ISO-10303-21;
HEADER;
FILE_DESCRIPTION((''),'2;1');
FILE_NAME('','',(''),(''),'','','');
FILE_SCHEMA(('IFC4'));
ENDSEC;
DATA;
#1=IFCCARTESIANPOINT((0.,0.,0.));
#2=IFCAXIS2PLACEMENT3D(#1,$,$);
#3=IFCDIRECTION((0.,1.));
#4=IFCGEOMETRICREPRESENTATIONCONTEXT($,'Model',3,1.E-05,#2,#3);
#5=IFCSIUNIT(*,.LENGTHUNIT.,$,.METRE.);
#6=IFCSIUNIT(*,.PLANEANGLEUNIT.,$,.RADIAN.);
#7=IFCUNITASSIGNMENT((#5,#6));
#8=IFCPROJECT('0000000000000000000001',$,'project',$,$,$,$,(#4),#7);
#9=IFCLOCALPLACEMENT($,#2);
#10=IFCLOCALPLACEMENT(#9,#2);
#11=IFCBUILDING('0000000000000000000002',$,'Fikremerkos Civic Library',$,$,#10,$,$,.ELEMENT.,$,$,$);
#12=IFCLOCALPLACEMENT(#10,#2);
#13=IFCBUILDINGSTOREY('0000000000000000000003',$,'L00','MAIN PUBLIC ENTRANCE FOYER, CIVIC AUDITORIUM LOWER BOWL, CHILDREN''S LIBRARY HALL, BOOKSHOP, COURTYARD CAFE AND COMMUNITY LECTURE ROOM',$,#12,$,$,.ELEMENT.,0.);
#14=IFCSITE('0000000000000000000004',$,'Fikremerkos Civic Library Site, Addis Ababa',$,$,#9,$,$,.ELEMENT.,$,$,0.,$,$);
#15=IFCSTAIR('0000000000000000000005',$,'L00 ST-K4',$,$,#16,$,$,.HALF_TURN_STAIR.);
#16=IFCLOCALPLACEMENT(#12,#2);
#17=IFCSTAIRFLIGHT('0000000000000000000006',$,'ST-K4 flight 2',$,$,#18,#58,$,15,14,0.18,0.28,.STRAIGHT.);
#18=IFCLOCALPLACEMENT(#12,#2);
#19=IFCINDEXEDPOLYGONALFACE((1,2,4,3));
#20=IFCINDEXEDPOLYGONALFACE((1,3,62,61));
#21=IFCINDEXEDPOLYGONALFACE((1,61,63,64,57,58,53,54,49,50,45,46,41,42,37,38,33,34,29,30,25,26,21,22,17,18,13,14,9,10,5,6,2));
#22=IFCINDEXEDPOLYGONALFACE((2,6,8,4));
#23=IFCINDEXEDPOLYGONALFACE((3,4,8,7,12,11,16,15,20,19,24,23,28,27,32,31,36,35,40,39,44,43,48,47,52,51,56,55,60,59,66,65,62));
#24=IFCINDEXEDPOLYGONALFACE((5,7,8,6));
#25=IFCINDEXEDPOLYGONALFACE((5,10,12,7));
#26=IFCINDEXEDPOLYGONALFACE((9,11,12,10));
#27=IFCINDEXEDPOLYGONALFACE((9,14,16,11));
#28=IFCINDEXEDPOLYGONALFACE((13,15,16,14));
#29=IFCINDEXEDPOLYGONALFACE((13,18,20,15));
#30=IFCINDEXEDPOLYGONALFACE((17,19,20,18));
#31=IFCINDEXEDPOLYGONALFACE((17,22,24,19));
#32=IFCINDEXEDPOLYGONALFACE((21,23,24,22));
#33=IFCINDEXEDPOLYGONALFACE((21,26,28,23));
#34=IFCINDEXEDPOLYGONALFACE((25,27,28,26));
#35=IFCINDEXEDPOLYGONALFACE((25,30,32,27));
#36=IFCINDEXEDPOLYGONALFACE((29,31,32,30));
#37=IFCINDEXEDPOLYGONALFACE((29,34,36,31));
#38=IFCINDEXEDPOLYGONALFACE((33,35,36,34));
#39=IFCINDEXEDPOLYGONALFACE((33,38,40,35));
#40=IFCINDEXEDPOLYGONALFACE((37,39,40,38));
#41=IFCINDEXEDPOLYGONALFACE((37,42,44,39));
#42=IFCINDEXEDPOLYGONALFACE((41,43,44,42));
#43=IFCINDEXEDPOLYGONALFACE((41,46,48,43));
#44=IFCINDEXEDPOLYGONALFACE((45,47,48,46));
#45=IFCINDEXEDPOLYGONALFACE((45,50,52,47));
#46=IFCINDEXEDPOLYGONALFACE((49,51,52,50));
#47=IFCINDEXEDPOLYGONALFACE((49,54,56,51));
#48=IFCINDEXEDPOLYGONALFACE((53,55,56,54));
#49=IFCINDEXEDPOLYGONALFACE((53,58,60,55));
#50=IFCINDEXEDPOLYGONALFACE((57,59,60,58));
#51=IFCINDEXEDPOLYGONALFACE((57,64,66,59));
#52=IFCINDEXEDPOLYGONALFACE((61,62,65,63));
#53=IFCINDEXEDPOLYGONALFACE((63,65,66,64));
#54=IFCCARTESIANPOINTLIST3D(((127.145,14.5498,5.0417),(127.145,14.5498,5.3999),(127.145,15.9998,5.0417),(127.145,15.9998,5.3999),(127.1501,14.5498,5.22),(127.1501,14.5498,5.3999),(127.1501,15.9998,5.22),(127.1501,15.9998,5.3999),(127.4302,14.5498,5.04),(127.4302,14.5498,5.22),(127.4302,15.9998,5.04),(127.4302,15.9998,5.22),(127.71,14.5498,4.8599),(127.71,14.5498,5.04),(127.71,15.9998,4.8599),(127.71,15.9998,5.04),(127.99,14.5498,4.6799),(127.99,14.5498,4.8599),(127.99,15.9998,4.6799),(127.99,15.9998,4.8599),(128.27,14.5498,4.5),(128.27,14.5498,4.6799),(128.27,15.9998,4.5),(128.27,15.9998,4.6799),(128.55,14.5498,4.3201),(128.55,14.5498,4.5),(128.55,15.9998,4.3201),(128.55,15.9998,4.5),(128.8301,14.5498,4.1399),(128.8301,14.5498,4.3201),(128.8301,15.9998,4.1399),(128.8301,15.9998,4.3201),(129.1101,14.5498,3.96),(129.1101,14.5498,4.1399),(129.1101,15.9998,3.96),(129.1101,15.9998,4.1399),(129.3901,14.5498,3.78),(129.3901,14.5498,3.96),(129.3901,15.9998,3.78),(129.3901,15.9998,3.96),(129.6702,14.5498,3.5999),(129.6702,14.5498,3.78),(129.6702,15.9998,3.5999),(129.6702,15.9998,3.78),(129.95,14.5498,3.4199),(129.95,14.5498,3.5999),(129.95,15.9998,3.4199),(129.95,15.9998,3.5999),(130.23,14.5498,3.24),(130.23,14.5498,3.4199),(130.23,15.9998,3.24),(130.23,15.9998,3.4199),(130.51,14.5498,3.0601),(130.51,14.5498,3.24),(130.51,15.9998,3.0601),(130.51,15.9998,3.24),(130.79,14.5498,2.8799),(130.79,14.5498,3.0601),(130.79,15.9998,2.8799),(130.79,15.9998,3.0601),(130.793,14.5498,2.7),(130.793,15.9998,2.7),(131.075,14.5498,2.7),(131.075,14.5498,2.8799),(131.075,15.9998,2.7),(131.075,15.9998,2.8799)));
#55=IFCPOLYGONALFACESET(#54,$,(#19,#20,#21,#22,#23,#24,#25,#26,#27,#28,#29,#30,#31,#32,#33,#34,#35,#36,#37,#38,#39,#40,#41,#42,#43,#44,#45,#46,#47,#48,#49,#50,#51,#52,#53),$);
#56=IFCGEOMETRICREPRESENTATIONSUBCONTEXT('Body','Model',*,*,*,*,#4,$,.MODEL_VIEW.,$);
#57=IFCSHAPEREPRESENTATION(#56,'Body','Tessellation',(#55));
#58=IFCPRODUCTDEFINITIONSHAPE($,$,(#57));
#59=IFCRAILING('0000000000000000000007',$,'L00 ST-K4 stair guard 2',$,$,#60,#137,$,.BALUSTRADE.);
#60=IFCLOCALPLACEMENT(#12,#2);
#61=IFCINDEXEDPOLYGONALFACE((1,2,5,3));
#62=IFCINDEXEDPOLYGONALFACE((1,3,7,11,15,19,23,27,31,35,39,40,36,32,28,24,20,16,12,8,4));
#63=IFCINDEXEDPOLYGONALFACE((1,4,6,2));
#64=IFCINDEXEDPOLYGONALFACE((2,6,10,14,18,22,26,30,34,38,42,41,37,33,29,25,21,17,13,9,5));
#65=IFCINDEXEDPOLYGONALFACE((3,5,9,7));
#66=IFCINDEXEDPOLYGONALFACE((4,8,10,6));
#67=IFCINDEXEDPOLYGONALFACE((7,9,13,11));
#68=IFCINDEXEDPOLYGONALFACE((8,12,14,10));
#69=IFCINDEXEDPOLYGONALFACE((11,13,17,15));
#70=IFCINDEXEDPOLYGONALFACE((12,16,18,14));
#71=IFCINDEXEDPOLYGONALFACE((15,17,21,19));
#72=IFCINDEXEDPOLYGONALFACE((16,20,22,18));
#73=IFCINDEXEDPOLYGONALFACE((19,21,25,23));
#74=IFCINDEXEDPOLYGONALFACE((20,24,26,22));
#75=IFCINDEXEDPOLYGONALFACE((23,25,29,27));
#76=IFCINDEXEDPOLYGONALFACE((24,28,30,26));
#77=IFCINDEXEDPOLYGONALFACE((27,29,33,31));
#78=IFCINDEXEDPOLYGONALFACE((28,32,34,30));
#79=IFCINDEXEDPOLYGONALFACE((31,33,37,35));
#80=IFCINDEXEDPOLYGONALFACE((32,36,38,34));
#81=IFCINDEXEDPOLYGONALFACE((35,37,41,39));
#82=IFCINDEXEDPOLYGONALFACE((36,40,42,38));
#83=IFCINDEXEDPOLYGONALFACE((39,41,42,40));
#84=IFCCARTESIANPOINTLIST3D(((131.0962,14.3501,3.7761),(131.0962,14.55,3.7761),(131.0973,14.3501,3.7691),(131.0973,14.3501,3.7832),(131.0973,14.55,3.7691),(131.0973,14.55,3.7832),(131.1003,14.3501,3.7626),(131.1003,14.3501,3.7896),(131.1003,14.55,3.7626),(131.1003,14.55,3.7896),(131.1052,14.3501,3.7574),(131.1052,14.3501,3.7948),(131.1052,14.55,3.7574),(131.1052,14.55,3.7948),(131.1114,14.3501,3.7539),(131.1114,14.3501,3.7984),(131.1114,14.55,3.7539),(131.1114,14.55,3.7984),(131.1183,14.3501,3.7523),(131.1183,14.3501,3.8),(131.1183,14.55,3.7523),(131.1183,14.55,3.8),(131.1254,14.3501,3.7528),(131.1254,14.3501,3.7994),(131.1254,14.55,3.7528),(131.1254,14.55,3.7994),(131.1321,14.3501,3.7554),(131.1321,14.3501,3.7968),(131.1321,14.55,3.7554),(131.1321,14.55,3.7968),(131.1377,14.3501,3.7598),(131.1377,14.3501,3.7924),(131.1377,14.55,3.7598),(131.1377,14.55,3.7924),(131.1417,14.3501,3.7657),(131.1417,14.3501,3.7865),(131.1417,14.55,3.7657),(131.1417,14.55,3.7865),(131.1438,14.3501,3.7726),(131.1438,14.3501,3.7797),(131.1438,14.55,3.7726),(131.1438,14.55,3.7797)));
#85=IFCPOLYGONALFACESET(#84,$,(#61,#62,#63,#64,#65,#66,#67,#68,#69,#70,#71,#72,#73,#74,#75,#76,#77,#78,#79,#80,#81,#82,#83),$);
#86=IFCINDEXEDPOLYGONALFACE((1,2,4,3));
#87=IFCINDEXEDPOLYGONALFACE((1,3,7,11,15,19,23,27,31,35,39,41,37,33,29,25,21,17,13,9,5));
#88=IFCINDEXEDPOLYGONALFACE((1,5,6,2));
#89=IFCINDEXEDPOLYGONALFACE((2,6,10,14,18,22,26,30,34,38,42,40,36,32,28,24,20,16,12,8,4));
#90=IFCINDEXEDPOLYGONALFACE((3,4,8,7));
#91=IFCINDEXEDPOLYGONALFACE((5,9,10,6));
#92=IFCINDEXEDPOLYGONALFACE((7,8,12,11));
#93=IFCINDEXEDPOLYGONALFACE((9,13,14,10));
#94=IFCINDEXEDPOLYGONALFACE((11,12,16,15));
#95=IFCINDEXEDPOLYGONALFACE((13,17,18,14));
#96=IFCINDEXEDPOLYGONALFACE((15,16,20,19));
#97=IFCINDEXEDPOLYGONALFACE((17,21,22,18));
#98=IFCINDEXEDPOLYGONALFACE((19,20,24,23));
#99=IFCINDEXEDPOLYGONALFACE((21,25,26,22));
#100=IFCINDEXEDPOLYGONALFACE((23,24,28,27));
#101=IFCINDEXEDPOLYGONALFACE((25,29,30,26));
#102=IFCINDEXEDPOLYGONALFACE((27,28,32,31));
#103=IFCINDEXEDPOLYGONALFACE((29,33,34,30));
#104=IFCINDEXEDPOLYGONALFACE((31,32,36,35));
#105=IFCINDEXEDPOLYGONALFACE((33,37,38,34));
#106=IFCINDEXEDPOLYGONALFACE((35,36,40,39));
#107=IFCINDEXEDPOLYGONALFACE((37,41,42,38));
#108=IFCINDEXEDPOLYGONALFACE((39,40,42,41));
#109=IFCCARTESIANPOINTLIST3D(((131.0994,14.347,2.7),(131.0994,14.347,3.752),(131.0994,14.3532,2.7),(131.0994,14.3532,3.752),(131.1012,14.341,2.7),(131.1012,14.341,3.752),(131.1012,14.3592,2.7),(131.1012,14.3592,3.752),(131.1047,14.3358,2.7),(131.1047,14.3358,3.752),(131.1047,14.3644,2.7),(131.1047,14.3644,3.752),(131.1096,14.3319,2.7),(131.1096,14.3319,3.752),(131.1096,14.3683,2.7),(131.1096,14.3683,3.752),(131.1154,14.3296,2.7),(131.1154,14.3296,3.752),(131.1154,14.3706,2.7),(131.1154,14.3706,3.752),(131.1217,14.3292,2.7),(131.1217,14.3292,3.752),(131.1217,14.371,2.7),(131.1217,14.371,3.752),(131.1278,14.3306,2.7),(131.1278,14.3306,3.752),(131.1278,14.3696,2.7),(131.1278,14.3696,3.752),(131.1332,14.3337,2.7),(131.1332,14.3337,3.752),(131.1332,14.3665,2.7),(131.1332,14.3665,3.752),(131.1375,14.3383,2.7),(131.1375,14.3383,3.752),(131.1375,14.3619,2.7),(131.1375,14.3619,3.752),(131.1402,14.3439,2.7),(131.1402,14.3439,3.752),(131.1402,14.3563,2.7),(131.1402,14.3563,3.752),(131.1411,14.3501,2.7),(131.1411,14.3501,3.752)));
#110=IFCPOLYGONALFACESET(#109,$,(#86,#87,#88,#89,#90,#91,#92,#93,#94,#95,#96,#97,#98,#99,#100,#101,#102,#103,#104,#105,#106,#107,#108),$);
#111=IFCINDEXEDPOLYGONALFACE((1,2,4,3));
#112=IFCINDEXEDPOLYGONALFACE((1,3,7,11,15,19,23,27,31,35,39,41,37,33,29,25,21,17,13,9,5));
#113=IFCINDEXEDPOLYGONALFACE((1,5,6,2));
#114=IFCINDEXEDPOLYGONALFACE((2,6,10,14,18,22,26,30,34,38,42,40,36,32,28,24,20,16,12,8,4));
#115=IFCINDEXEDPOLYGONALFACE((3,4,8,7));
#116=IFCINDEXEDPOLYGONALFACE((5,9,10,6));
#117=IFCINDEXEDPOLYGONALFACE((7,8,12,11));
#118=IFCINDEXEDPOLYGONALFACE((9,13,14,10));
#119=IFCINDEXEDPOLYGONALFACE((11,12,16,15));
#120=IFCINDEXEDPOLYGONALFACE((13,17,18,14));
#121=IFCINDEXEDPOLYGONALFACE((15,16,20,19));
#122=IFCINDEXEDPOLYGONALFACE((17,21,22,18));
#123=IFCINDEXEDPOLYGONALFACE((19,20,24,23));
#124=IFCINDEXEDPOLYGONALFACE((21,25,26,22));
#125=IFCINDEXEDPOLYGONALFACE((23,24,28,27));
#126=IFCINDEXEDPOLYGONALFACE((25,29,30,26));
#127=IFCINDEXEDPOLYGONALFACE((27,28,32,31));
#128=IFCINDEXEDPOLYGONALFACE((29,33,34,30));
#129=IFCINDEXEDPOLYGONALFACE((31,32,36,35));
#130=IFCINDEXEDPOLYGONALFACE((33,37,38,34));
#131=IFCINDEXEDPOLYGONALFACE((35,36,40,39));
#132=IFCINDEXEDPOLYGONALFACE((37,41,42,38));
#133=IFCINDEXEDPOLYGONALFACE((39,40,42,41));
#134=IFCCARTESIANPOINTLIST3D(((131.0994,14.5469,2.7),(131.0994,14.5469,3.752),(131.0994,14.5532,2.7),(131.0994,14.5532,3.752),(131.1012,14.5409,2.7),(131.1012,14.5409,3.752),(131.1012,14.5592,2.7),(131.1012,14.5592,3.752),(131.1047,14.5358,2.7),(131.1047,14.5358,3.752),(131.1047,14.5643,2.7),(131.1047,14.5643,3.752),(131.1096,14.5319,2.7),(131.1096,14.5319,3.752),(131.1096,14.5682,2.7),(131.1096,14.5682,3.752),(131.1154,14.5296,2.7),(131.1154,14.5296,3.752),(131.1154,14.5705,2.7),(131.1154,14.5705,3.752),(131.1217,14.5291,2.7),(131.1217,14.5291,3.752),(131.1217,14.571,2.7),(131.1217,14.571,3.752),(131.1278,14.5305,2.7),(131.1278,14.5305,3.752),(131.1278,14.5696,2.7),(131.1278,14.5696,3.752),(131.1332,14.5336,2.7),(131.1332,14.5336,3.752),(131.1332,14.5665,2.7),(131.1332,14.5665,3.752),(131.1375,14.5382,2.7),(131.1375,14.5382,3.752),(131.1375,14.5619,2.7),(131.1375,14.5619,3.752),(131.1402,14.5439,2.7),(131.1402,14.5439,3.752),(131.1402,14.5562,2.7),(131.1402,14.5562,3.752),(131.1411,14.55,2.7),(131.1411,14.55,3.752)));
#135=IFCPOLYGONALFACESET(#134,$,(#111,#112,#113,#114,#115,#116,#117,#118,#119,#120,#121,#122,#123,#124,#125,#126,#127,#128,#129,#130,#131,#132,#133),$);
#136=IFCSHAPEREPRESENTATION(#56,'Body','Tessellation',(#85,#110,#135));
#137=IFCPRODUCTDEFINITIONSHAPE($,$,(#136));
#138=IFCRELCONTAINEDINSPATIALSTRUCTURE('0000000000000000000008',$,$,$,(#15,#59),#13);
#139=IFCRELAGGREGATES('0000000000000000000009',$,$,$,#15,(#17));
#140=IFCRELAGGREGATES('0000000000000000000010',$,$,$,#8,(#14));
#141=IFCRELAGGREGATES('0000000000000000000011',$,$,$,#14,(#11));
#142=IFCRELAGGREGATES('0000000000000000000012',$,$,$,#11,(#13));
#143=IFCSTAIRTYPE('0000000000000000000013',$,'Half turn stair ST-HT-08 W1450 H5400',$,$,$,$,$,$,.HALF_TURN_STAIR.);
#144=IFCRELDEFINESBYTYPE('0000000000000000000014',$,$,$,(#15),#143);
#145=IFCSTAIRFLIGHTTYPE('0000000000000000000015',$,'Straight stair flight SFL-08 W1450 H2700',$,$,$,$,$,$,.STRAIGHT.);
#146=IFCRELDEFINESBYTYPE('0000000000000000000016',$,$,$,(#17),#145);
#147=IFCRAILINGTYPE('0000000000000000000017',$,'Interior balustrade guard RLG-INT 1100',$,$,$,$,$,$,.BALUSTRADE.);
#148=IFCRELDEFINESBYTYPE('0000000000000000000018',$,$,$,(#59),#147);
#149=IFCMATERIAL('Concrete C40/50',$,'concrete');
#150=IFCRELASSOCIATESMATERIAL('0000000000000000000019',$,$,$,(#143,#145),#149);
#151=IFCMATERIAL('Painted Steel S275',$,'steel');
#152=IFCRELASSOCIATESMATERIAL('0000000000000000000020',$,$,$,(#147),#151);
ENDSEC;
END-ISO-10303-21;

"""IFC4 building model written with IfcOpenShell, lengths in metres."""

from ifc_helpers import new_model, si_unit, direction, frame, origin, origin_2d, place, context, subcontext, project, spatial, polyline, circle, outline, extrude, material, type_object, element, aggregate, save


model = new_model("IFC4")

# Units and contexts
model_context = context("Model", 3, precision=1e-05, world=origin(), true_north=direction((0.0, 1.0)))
body_context = subcontext(model_context, "Body", "Model", "MODEL_VIEW")
ifc_project = project(units=[si_unit("LENGTHUNIT", "METRE"), si_unit("PLANEANGLEUNIT", "RADIAN")], contexts=[model_context])

# Site, building, storey
site_placement = place(None, origin())
site = spatial("IfcSite", under=ifc_project, at=site_placement, Name="Fikremerkos Civic Library Site, Addis Ababa", CompositionType="ELEMENT", RefElevation=0.0)
building_placement = place(site_placement, origin())
building = spatial("IfcBuilding", under=site, at=building_placement, Name="Fikremerkos Civic Library", CompositionType="ELEMENT")
storey_placement = place(building_placement, origin())
storey = spatial("IfcBuildingStorey", under=building, at=storey_placement, Name="L00", Description="MAIN PUBLIC ENTRANCE FOYER, CIVIC AUDITORIUM LOWER BOWL, CHILDREN'S LIBRARY HALL, BOOKSHOP, COURTYARD CAFE AND COMMUNITY LECTURE ROOM", CompositionType="ELEMENT", Elevation=0.0)

# Shared definitions
ifc_material_1 = material(Name="Concrete C40/50", Category="concrete")

# Stair, stair flight
stair_type = type_object("IfcStairType", Name="Half turn stair ST-HT-08 W1450 H5400", PredefinedType="HALF_TURN_STAIR", material=ifc_material_1)
stair_placement = place(storey_placement, origin())
stair = element("IfcStair", 1, at=stair_placement, inside=storey, type_object=stair_type, Name="L00 ST-K4", PredefinedType="HALF_TURN_STAIR")
stair_flight_type = type_object("IfcStairFlightType", Name="Straight stair flight SFL-08 W1450 H2700", PredefinedType="STRAIGHT", material=ifc_material_1)
stair_flight_placement = place(storey_placement, frame((131.0701, 15.2749, 2.7), z_axis=(0.0, 0.0, 1.0), x_axis=(-1.0, 0.0, 0.0)))
stair_flight = element("IfcStairFlight", 2, at=stair_flight_placement, type_object=stair_flight_type, Name="ST-K4 flight 2", NumberOfRisers=15, NumberOfTreads=14, PredefinedType="STRAIGHT", RiserHeight=0.18, TreadLength=0.28, context=body_context, shape_type="SweptSolid", body=[
    extrude(outline(polyline([(-0.0049, 0.0), (-0.0049, 0.1799), (0.28, 0.1799), (0.28, 0.3601), (0.5601, 0.3601), (0.5601, 0.54), (0.8401, 0.54), (0.8401, 0.72), (1.1201, 0.72), (1.1201, 0.8999), (1.3999, 0.8999), (1.3999, 1.0801), (1.6799, 1.0801), (1.6799, 1.26), (1.96, 1.26), (1.96, 1.4399), (2.24, 1.4399), (2.24, 1.6201), (2.52, 1.6201), (2.52, 1.8), (2.8, 1.8), (2.8, 1.98), (3.0801, 1.98), (3.0801, 2.1599), (3.3601, 2.1599), (3.3601, 2.3401), (3.6399, 2.3401), (3.6399, 2.52), (3.9199, 2.52), (3.9199, 2.7), (3.925, 2.7), (3.925, 2.3418), (0.2771, 0.0), (-0.0049, 0.0)])), frame((0.0, 0.7251, 0.0), z_axis=(0.0, -1.0, 0.0), x_axis=(1.0, 0.0, 0.0)), (0.0, 0.0, 1.0), 1.45),
])
aggregate(stair, [stair_flight])

# Railing
ifc_material_2 = material(Name="Painted Steel S275", Category="steel")
railing_type = type_object("IfcRailingType", Name="Interior balustrade guard RLG-INT 1100", PredefinedType="BALUSTRADE", material=ifc_material_2)
railing_1_placement = place(storey_placement, frame((131.1201, 14.3501, 2.7)))
element("IfcRailing", 3, at=railing_1_placement, inside=storey, type_object=railing_type, Name="L00 ST-K4 stair guard 2", PredefinedType="BALUSTRADE", context=body_context, shape_type="SweptSolid", body=[
    extrude(circle(Radius=0.0239, at=origin_2d()), frame((0.0, 0.0, 1.0762), z_axis=(0.0, 1.0, 0.0), x_axis=(-1.0, 0.0, 0.0)), (0.0, 0.0, 1.0), 0.2),
    extrude(circle(Radius=0.021, at=origin_2d()), origin(), (0.0, 0.0, 1.0), 1.052),
    extrude(circle(Radius=0.021, at=origin_2d()), frame((0.0, 0.2, 0.0)), (0.0, 0.0, 1.0), 1.052),
])

save(model, "model.ifc")
